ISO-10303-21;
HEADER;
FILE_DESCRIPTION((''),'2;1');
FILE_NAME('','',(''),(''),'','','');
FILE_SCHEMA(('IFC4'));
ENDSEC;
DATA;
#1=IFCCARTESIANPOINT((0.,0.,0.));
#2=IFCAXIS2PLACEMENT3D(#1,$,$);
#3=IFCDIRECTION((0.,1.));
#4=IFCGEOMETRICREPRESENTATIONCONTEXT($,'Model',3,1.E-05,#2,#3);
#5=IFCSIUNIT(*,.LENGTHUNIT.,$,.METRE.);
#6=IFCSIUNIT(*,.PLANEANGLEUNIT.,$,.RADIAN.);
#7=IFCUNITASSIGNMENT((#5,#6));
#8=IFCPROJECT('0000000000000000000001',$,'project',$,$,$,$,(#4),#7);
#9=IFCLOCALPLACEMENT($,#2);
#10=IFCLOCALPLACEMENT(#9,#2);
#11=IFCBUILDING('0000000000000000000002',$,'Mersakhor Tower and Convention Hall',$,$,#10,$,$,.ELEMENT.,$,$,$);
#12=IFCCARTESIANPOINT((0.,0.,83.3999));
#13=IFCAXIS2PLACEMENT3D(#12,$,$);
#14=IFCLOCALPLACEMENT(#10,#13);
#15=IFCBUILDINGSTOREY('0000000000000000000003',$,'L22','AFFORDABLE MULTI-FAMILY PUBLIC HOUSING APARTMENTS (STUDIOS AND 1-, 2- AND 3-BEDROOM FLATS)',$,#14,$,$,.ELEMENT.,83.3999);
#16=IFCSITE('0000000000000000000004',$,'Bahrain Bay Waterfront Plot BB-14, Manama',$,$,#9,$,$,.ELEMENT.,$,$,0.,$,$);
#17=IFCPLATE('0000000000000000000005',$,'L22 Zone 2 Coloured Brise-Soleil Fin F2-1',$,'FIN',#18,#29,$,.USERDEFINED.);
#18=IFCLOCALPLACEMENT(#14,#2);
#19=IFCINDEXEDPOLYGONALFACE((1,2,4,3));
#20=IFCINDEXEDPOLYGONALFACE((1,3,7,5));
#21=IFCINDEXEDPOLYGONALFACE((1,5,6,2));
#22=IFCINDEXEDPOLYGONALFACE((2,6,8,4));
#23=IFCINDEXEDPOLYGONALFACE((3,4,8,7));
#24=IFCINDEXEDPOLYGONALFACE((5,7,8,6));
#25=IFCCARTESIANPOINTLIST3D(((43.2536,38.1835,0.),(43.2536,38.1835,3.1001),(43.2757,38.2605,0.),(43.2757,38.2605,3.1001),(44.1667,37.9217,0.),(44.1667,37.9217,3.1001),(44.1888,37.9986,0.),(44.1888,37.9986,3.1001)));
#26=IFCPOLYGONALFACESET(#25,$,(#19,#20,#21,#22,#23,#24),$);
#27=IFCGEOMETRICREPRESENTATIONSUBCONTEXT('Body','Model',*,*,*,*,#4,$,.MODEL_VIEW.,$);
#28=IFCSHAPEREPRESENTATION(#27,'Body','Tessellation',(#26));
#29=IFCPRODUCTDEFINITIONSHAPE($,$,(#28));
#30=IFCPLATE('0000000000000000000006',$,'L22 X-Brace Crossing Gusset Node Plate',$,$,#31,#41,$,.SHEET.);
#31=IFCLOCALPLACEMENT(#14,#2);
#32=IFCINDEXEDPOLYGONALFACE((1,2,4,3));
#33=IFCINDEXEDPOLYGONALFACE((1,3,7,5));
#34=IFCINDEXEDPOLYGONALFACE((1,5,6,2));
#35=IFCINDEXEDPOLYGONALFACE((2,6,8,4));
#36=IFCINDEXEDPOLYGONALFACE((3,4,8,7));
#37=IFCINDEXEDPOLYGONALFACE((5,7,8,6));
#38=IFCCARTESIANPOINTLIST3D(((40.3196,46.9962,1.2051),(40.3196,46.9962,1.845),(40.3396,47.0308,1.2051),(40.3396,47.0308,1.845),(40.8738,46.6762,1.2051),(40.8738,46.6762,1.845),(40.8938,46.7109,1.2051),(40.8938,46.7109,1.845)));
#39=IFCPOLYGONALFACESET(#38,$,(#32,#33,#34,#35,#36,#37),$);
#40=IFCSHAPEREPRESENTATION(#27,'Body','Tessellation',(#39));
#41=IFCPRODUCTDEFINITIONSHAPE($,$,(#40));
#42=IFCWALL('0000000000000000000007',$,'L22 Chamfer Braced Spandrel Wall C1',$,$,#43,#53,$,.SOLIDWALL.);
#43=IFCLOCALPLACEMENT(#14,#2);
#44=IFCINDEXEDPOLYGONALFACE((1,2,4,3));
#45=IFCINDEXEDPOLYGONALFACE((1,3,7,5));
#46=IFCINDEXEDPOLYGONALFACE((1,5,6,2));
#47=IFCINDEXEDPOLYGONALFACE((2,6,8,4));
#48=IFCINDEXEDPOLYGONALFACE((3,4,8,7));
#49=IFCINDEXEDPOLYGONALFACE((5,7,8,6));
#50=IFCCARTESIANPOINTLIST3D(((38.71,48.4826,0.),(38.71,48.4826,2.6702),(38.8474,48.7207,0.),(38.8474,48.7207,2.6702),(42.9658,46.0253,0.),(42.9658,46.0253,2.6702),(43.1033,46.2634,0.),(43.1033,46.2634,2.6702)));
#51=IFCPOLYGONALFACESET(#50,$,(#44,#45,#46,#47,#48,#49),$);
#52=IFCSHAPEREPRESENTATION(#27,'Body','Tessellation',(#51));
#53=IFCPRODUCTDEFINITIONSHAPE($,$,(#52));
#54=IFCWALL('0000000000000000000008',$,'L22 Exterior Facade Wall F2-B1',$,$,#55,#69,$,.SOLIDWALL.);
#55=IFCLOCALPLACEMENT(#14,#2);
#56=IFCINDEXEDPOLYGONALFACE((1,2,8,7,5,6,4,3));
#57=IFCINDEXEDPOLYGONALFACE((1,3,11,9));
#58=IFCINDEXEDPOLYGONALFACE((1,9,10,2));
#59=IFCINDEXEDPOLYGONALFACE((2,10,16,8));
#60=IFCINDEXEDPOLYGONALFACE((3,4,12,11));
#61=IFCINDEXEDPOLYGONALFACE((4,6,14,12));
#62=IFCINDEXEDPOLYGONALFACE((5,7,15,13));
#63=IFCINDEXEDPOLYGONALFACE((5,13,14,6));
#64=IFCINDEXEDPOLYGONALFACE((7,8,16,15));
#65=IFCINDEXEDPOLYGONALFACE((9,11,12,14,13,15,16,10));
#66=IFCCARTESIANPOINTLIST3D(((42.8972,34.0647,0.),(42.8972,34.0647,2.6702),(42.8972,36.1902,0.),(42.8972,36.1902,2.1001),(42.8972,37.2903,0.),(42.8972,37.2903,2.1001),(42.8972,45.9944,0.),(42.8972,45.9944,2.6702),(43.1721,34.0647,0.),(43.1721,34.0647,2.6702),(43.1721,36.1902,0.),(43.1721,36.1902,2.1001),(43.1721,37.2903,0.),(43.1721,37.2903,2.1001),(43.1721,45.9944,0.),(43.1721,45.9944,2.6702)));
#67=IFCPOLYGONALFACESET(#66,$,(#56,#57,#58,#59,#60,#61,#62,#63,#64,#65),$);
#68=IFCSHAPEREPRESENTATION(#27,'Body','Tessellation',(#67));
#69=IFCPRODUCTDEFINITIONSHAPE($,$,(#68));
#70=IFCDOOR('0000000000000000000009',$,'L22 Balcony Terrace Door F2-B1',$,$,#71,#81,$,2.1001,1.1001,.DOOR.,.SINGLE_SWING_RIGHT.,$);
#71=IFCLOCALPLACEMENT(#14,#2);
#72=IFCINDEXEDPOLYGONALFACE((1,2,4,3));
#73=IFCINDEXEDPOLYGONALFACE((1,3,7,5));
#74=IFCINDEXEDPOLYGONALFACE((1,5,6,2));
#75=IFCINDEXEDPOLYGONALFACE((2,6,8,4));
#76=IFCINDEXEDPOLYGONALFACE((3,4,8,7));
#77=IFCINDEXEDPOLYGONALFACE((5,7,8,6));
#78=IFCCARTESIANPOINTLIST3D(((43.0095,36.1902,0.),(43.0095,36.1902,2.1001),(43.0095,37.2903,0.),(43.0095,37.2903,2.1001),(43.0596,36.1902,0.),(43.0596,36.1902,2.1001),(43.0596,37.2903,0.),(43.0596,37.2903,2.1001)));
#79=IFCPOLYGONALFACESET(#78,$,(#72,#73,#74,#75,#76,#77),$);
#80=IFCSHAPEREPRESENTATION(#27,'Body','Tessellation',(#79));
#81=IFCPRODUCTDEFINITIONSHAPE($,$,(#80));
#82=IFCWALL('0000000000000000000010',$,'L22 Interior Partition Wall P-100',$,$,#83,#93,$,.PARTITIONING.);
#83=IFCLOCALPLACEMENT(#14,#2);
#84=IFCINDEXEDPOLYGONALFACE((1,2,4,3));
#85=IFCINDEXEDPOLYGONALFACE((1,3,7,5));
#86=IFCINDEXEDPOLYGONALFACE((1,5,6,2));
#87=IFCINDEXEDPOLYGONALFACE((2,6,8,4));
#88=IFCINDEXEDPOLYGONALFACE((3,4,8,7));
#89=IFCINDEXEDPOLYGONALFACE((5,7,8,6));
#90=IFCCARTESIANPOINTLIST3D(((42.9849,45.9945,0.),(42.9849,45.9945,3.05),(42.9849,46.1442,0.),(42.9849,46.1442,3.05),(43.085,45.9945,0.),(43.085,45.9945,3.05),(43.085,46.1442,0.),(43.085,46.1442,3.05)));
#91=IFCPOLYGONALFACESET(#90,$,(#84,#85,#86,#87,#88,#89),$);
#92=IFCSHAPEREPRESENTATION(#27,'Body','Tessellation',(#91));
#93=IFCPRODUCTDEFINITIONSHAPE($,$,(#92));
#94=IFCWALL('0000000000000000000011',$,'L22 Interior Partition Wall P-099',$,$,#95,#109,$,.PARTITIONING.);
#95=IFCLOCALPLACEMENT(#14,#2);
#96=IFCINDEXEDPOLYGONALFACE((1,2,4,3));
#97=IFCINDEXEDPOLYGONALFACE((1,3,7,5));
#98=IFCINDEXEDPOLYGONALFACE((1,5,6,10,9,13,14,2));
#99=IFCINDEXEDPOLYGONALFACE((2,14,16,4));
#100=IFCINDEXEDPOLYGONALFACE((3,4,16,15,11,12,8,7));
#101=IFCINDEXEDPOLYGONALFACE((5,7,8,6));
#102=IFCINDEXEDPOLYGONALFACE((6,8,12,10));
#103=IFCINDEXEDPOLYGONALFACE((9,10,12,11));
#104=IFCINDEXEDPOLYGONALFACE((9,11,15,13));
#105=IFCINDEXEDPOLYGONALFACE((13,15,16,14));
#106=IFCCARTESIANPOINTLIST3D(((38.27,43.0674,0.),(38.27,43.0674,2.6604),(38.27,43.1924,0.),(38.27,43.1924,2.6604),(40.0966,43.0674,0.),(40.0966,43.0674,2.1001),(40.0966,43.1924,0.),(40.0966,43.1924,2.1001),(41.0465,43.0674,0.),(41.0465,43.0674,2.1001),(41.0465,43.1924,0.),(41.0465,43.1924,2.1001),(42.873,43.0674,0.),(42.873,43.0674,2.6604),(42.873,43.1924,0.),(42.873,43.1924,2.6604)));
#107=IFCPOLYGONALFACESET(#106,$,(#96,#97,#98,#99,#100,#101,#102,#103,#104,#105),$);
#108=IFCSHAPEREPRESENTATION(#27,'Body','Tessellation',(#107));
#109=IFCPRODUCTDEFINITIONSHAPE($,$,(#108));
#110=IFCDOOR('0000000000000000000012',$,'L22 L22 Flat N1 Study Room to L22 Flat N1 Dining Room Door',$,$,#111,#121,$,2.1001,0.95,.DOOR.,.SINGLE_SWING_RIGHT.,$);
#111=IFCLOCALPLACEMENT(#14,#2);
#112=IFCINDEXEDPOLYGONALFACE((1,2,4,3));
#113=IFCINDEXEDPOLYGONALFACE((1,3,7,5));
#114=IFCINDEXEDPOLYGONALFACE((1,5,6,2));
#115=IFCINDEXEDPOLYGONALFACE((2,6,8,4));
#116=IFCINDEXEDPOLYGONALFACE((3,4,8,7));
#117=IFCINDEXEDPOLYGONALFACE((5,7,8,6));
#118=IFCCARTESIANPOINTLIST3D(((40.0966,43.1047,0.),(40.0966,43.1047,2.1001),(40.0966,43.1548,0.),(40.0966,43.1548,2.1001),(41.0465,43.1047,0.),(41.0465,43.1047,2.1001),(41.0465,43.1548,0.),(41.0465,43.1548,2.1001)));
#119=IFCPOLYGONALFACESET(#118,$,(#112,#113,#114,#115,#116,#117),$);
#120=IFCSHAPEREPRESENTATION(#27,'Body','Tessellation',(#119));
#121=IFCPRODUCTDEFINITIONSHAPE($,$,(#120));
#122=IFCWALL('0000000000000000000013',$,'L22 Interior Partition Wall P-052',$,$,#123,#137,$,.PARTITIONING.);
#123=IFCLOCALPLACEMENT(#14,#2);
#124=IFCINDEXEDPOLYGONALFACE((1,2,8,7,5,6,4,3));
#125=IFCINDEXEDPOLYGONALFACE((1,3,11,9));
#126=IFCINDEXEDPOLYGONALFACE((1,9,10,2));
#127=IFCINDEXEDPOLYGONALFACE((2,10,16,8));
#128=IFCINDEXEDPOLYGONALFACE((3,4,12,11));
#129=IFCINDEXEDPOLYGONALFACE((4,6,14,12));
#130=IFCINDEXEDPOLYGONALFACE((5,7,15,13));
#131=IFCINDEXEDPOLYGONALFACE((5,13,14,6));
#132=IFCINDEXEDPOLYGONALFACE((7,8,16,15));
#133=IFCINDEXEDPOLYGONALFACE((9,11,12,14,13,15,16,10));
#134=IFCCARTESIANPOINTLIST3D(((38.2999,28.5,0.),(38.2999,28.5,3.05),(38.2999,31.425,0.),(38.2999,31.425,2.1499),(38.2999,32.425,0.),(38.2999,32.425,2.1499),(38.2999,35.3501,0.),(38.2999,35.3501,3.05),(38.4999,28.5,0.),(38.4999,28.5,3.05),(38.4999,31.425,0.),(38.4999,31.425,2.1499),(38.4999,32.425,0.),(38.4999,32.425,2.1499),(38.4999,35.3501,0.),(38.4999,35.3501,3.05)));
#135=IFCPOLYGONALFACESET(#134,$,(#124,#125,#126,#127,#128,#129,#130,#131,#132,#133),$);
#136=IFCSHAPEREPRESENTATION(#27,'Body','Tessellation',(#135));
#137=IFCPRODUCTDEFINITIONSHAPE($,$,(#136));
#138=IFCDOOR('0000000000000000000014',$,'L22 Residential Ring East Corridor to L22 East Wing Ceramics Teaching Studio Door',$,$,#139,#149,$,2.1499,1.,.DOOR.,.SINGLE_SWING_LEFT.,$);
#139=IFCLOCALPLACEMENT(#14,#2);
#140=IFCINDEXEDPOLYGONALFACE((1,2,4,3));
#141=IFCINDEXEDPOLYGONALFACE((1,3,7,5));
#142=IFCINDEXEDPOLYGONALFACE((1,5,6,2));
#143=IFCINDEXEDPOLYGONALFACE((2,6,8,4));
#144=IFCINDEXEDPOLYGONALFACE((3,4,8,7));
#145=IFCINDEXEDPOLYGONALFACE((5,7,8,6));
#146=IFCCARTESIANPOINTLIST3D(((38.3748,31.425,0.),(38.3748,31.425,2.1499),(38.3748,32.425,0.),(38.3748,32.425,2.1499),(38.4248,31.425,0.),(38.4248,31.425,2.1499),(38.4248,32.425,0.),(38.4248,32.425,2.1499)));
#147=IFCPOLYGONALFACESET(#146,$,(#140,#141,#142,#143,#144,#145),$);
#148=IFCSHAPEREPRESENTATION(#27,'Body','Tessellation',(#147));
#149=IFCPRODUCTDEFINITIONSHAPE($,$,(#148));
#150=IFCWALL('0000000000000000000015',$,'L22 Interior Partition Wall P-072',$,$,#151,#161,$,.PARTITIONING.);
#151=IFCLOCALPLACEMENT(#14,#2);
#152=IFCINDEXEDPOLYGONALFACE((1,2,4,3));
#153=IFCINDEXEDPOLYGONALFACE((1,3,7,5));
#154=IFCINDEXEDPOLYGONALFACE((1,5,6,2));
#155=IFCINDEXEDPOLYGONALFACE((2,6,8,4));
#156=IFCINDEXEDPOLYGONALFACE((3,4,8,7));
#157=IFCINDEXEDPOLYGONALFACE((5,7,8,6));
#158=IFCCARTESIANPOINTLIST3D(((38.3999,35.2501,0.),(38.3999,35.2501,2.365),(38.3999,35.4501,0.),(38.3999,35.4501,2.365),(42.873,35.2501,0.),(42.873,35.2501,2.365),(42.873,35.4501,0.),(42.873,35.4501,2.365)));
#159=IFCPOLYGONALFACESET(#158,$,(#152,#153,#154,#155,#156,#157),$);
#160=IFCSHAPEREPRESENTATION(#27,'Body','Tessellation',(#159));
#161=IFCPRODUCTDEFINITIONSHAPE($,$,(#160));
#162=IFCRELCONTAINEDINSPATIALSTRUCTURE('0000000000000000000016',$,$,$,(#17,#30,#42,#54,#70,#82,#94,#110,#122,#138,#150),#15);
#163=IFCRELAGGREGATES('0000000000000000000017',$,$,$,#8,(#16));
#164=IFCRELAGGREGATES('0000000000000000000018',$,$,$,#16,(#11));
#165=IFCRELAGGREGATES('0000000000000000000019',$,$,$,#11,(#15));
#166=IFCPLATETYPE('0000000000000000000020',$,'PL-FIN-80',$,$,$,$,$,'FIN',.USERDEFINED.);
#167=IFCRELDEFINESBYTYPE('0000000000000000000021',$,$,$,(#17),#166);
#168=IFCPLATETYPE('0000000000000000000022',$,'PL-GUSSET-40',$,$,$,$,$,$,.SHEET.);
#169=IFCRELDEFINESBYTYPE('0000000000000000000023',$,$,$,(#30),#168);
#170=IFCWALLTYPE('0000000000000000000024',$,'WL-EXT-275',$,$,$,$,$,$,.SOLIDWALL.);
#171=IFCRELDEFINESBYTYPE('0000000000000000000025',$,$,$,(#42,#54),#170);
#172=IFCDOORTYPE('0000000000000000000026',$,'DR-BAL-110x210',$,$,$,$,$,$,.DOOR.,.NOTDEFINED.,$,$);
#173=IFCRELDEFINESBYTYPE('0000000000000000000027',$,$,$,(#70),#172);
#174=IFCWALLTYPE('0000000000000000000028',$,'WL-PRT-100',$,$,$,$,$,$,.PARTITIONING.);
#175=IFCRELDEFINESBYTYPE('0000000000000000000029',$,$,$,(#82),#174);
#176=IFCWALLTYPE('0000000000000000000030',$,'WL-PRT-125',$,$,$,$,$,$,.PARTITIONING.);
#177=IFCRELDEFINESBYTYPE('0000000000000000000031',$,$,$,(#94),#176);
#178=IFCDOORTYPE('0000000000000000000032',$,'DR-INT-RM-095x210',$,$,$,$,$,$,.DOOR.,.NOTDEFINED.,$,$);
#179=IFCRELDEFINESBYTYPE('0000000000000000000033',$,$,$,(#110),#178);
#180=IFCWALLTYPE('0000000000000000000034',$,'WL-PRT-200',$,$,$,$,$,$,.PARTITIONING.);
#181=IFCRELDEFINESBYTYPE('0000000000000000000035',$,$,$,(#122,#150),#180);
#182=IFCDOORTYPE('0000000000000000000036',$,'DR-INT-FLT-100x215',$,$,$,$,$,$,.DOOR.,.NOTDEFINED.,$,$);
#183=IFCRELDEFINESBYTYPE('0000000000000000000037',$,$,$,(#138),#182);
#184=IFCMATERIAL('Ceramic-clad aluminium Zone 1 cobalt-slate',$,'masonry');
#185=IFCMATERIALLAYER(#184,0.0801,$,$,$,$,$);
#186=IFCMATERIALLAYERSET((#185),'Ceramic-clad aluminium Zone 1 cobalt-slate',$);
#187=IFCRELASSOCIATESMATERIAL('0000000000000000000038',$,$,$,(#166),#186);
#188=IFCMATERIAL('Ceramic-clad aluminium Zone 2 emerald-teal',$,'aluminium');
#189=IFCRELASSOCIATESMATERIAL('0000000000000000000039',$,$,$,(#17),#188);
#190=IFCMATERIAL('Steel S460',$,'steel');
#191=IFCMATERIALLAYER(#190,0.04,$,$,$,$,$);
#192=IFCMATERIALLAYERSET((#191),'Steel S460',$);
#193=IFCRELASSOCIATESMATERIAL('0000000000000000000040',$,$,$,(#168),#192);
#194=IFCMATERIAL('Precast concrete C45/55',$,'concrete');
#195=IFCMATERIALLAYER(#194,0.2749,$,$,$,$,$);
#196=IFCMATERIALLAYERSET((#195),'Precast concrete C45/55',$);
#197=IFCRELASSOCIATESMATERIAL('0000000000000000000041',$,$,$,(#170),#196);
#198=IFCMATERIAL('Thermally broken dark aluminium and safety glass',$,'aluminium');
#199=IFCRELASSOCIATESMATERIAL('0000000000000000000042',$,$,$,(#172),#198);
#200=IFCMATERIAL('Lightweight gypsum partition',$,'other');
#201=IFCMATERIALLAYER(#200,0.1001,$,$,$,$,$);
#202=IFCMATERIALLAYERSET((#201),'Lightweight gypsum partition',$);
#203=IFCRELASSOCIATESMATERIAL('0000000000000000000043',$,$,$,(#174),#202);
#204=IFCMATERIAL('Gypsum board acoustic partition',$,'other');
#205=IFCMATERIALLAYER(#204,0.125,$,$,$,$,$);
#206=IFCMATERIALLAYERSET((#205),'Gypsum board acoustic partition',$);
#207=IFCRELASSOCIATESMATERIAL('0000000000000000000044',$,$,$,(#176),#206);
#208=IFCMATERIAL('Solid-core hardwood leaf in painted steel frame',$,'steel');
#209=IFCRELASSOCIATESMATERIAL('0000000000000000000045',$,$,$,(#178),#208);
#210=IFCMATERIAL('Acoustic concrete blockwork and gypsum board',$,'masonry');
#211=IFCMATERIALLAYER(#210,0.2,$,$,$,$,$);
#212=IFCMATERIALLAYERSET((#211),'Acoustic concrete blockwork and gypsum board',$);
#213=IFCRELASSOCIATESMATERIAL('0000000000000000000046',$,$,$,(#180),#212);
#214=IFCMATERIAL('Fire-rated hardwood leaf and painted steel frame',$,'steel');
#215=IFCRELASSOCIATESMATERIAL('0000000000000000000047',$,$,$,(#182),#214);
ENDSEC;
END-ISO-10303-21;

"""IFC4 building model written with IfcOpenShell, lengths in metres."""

from ifc_helpers import new_model, si_unit, direction, frame, frame_2d, origin, origin_2d, place, context, subcontext, project, spatial, rectangle, extrude, material, layer, layer_set, type_object, element, fill, save


model = new_model("IFC4")

# Units and contexts
model_context = context("Model", 3, precision=1e-05, world=origin(), true_north=direction((0.0, 1.0)))
body_context = subcontext(model_context, "Body", "Model", "MODEL_VIEW")
ifc_project = project(units=[si_unit("LENGTHUNIT", "METRE"), si_unit("PLANEANGLEUNIT", "RADIAN")], contexts=[model_context])

# Site, building, storey
site_placement = place(None, origin())
site = spatial("IfcSite", under=ifc_project, at=site_placement, Name="Bahrain Bay Waterfront Plot BB-14, Manama", CompositionType="ELEMENT", RefElevation=0.0)
building_placement = place(site_placement, origin())
building = spatial("IfcBuilding", under=site, at=building_placement, Name="Mersakhor Tower and Convention Hall", CompositionType="ELEMENT")
storey_placement = place(building_placement, frame((0.0, 0.0, 83.3999)))
storey = spatial("IfcBuildingStorey", under=building, at=storey_placement, Name="L22", Description="AFFORDABLE MULTI-FAMILY PUBLIC HOUSING APARTMENTS (STUDIOS AND 1-, 2- AND 3-BEDROOM FLATS)", CompositionType="ELEMENT", Elevation=83.3999)

# Plates
ifc_material_1 = material(Name="Ceramic-clad aluminium Zone 2 emerald-teal", Category="aluminium")
ifc_material_2 = material(Name="Ceramic-clad aluminium Zone 1 cobalt-slate", Category="masonry")
ifc_layer_1 = layer(ifc_material_2, 0.0801)
ifc_layer_set_1 = layer_set([ifc_layer_1], Name="Ceramic-clad aluminium Zone 1 cobalt-slate")
plate_type_1 = type_object("IfcPlateType", Name="PL-FIN-80", ElementType="FIN", PredefinedType="USERDEFINED", material=ifc_layer_set_1)
plate_1_placement = place(storey_placement, frame((43.7212, 38.0911, 0.0), z_axis=(0.0, 0.0, 1.0), x_axis=(0.961262, -0.275637, 0.0)))
element("IfcPlate", 1, at=plate_1_placement, inside=storey, type_object=plate_type_1, material=ifc_material_1, Name="L22 Zone 2 Coloured Brise-Soleil Fin F2-1", ObjectType="FIN", PredefinedType="USERDEFINED", context=body_context, shape_type="SweptSolid", body=[
    extrude(rectangle(XDim=0.95, YDim=0.0801, at=origin_2d()), origin(), (0.0, 0.0, 1.0), 3.1001),
])
ifc_material_3 = material(Name="Steel S460", Category="steel")
ifc_layer_2 = layer(ifc_material_3, 0.04)
ifc_layer_set_2 = layer_set([ifc_layer_2], Name="Steel S460")
plate_type_2 = type_object("IfcPlateType", Name="PL-GUSSET-40", PredefinedType="SHEET", material=ifc_layer_set_2)
plate_2_placement = place(storey_placement, frame((40.6067, 46.8535, 1.2051), z_axis=(0.0, 0.0, 1.0), x_axis=(-0.866025, 0.5, 0.0)))
element("IfcPlate", 2, at=plate_2_placement, inside=storey, type_object=plate_type_2, Name="L22 X-Brace Crossing Gusset Node Plate", PredefinedType="SHEET", context=body_context, shape_type="SweptSolid", body=[
    extrude(rectangle(XDim=0.6399, YDim=0.04, at=origin_2d()), origin(), (0.0, 0.0, 1.0), 0.6399),
])

# Wall
ifc_material_4 = material(Name="Precast concrete C45/55", Category="concrete")
ifc_layer_3 = layer(ifc_material_4, 0.2749)
ifc_layer_set_3 = layer_set([ifc_layer_3], Name="Precast concrete C45/55")
wall_type_1 = type_object("IfcWallType", Name="WL-EXT-275", PredefinedType="SOLIDWALL", material=ifc_layer_set_3)
wall_1_placement = place(storey_placement, frame((38.7788, 48.6016, 0.0), z_axis=(0.0, 0.0, 1.0), x_axis=(0.866012, -0.500023, 0.0)))
element("IfcWall", 3, at=wall_1_placement, inside=storey, type_object=wall_type_1, Name="L22 Chamfer Braced Spandrel Wall C1", PredefinedType="SOLIDWALL", context=body_context, shape_type="SweptSolid", body=[
    extrude(rectangle(XDim=4.9143, YDim=0.2749, at=frame_2d((2.457, 0.0))), origin(), (0.0, 0.0, 1.0), 2.6702),
])

# Wall, opening, door
wall_2_placement = place(storey_placement, frame((43.0347, 45.9944, 0.0), z_axis=(0.0, 0.0, 1.0), x_axis=(0.0, -1.0, 0.0)))
wall_2 = element("IfcWall", 4, at=wall_2_placement, inside=storey, type_object=wall_type_1, Name="L22 Exterior Facade Wall F2-B1", PredefinedType="SOLIDWALL", context=body_context, shape_type="SweptSolid", body=[
    extrude(rectangle(XDim=11.9297, YDim=0.2749, at=frame_2d((5.9648, 0.0))), origin(), (0.0, 0.0, 1.0), 2.6702),
])
opening_1_placement = place(wall_2_placement, frame((8.7041, 0.0, 0.0)))
opening_1 = element("IfcOpeningElement", 5, at=opening_1_placement, cuts=wall_2, PredefinedType="OPENING", context=body_context, shape_type="SweptSolid", body=[
    extrude(rectangle(XDim=1.1001, YDim=2.1001, at=frame_2d((0.55, 1.05))), frame((0.0, 0.1475, 0.0), z_axis=(0.0, -1.0, 0.0), x_axis=(1.0, 0.0, 0.0)), (0.0, 0.0, 1.0), 0.2949),
])
ifc_material_5 = material(Name="Thermally broken dark aluminium and safety glass", Category="aluminium")
door_type_1 = type_object("IfcDoorType", Name="DR-BAL-110x210", OperationType="NOTDEFINED", PredefinedType="DOOR", material=ifc_material_5)
door_1_placement = place(opening_1_placement, origin())
door_1 = element("IfcDoor", 6, at=door_1_placement, inside=storey, type_object=door_type_1, Name="L22 Balcony Terrace Door F2-B1", OperationType="SINGLE_SWING_RIGHT", OverallHeight=2.1001, OverallWidth=1.1001, PredefinedType="DOOR", context=body_context, shape_type="SweptSolid", body=[
    extrude(rectangle(XDim=1.1001, YDim=2.1001, at=frame_2d((0.55, 1.05))), frame((0.0, 0.0249, 0.0), z_axis=(0.0, -1.0, 0.0), x_axis=(1.0, 0.0, 0.0)), (0.0, 0.0, 1.0), 0.05),
])
fill(opening_1, door_1)

# Wall
ifc_material_6 = material(Name="Lightweight gypsum partition", Category="other")
ifc_layer_4 = layer(ifc_material_6, 0.1001)
ifc_layer_set_4 = layer_set([ifc_layer_4], Name="Lightweight gypsum partition")
wall_type_2 = type_object("IfcWallType", Name="WL-PRT-100", PredefinedType="PARTITIONING", material=ifc_layer_set_4)
wall_3_placement = place(storey_placement, frame((43.0349, 46.144, 0.0), z_axis=(0.0, 0.0, 1.0), x_axis=(0.0, -1.0, 0.0)))
element("IfcWall", 7, at=wall_3_placement, inside=storey, type_object=wall_type_2, Name="L22 Interior Partition Wall P-100", PredefinedType="PARTITIONING", context=body_context, shape_type="SweptSolid", body=[
    extrude(rectangle(XDim=0.1497, YDim=0.1001, at=frame_2d((0.0747, 0.0))), origin(), (0.0, 0.0, 1.0), 3.05),
])

# Walls, openings, doors
ifc_material_7 = material(Name="Gypsum board acoustic partition", Category="other")
ifc_layer_5 = layer(ifc_material_7, 0.125)
ifc_layer_set_5 = layer_set([ifc_layer_5], Name="Gypsum board acoustic partition")
wall_type_3 = type_object("IfcWallType", Name="WL-PRT-125", PredefinedType="PARTITIONING", material=ifc_layer_set_5)
wall_4_placement = place(storey_placement, frame((38.27, 43.1299, 0.0), z_axis=(0.0, 0.0, 1.0), x_axis=(1.0, 0.0, 0.0)))
wall_4 = element("IfcWall", 8, at=wall_4_placement, inside=storey, type_object=wall_type_3, Name="L22 Interior Partition Wall P-099", PredefinedType="PARTITIONING", context=body_context, shape_type="SweptSolid", body=[
    extrude(rectangle(XDim=4.603, YDim=0.125, at=frame_2d((2.3015, 0.0))), origin(), (0.0, 0.0, 1.0), 2.6604),
])
opening_2_placement = place(wall_4_placement, frame((1.8264, 0.0, 0.0)))
opening_2 = element("IfcOpeningElement", 9, at=opening_2_placement, cuts=wall_4, PredefinedType="OPENING", context=body_context, shape_type="SweptSolid", body=[
    extrude(rectangle(XDim=0.95, YDim=2.1001, at=frame_2d((0.4751, 1.05))), frame((0.0, 0.0725, 0.0), z_axis=(0.0, -1.0, 0.0), x_axis=(1.0, 0.0, 0.0)), (0.0, 0.0, 1.0), 0.145),
])
ifc_material_8 = material(Name="Solid-core hardwood leaf in painted steel frame", Category="steel")
door_type_2 = type_object("IfcDoorType", Name="DR-INT-RM-095x210", OperationType="NOTDEFINED", PredefinedType="DOOR", material=ifc_material_8)
door_2_placement = place(opening_2_placement, origin())
door_2 = element("IfcDoor", 10, at=door_2_placement, inside=storey, type_object=door_type_2, Name="L22 L22 Flat N1 Study Room to L22 Flat N1 Dining Room Door", OperationType="SINGLE_SWING_RIGHT", OverallHeight=2.1001, OverallWidth=0.95, PredefinedType="DOOR", context=body_context, shape_type="SweptSolid", body=[
    extrude(rectangle(XDim=0.95, YDim=2.1001, at=frame_2d((0.4751, 1.05))), frame((0.0, 0.0249, 0.0), z_axis=(0.0, -1.0, 0.0), x_axis=(1.0, 0.0, 0.0)), (0.0, 0.0, 1.0), 0.05),
])
fill(opening_2, door_2)
ifc_material_9 = material(Name="Acoustic concrete blockwork and gypsum board", Category="masonry")
ifc_layer_6 = layer(ifc_material_9, 0.2)
ifc_layer_set_6 = layer_set([ifc_layer_6], Name="Acoustic concrete blockwork and gypsum board")
wall_type_4 = type_object("IfcWallType", Name="WL-PRT-200", PredefinedType="PARTITIONING", material=ifc_layer_set_6)
wall_5_placement = place(storey_placement, frame((38.3999, 35.3501, 0.0), z_axis=(0.0, 0.0, 1.0), x_axis=(0.0, -1.0, 0.0)))
wall_5 = element("IfcWall", 11, at=wall_5_placement, inside=storey, type_object=wall_type_4, Name="L22 Interior Partition Wall P-052", PredefinedType="PARTITIONING", context=body_context, shape_type="SweptSolid", body=[
    extrude(rectangle(XDim=6.8501, YDim=0.2, at=frame_2d((3.425, 0.0))), origin(), (0.0, 0.0, 1.0), 3.05),
])
opening_3_placement = place(wall_5_placement, frame((2.925, 0.0, 0.0)))
opening_3 = element("IfcOpeningElement", 12, at=opening_3_placement, cuts=wall_5, PredefinedType="OPENING", context=body_context, shape_type="SweptSolid", body=[
    extrude(rectangle(XDim=1.0, YDim=2.1499, at=frame_2d((0.5, 1.075))), frame((0.0, 0.1099, 0.0), z_axis=(0.0, -1.0, 0.0), x_axis=(1.0, 0.0, 0.0)), (0.0, 0.0, 1.0), 0.22),
])
ifc_material_10 = material(Name="Fire-rated hardwood leaf and painted steel frame", Category="steel")
door_type_3 = type_object("IfcDoorType", Name="DR-INT-FLT-100x215", OperationType="NOTDEFINED", PredefinedType="DOOR", material=ifc_material_10)
door_3_placement = place(opening_3_placement, origin())
door_3 = element("IfcDoor", 13, at=door_3_placement, inside=storey, type_object=door_type_3, Name="L22 Residential Ring East Corridor to L22 East Wing Ceramics Teaching Studio Door", OperationType="SINGLE_SWING_LEFT", OverallHeight=2.1499, OverallWidth=1.0, PredefinedType="DOOR", context=body_context, shape_type="SweptSolid", body=[
    extrude(rectangle(XDim=1.0, YDim=2.1499, at=frame_2d((0.5, 1.075))), frame((0.0, 0.0249, 0.0), z_axis=(0.0, -1.0, 0.0), x_axis=(1.0, 0.0, 0.0)), (0.0, 0.0, 1.0), 0.05),
])
fill(opening_3, door_3)

# Wall
wall_6_placement = place(storey_placement, frame((42.873, 35.3501, 0.0), z_axis=(0.0, 0.0, 1.0), x_axis=(-1.0, 0.0, 0.0)))
element("IfcWall", 14, at=wall_6_placement, inside=storey, type_object=wall_type_4, Name="L22 Interior Partition Wall P-072", PredefinedType="PARTITIONING", context=body_context, shape_type="SweptSolid", body=[
    extrude(rectangle(XDim=4.4731, YDim=0.2, at=frame_2d((2.2366, 0.0))), origin(), (0.0, 0.0, 1.0), 2.365),
])

save(model, "model.ifc")
